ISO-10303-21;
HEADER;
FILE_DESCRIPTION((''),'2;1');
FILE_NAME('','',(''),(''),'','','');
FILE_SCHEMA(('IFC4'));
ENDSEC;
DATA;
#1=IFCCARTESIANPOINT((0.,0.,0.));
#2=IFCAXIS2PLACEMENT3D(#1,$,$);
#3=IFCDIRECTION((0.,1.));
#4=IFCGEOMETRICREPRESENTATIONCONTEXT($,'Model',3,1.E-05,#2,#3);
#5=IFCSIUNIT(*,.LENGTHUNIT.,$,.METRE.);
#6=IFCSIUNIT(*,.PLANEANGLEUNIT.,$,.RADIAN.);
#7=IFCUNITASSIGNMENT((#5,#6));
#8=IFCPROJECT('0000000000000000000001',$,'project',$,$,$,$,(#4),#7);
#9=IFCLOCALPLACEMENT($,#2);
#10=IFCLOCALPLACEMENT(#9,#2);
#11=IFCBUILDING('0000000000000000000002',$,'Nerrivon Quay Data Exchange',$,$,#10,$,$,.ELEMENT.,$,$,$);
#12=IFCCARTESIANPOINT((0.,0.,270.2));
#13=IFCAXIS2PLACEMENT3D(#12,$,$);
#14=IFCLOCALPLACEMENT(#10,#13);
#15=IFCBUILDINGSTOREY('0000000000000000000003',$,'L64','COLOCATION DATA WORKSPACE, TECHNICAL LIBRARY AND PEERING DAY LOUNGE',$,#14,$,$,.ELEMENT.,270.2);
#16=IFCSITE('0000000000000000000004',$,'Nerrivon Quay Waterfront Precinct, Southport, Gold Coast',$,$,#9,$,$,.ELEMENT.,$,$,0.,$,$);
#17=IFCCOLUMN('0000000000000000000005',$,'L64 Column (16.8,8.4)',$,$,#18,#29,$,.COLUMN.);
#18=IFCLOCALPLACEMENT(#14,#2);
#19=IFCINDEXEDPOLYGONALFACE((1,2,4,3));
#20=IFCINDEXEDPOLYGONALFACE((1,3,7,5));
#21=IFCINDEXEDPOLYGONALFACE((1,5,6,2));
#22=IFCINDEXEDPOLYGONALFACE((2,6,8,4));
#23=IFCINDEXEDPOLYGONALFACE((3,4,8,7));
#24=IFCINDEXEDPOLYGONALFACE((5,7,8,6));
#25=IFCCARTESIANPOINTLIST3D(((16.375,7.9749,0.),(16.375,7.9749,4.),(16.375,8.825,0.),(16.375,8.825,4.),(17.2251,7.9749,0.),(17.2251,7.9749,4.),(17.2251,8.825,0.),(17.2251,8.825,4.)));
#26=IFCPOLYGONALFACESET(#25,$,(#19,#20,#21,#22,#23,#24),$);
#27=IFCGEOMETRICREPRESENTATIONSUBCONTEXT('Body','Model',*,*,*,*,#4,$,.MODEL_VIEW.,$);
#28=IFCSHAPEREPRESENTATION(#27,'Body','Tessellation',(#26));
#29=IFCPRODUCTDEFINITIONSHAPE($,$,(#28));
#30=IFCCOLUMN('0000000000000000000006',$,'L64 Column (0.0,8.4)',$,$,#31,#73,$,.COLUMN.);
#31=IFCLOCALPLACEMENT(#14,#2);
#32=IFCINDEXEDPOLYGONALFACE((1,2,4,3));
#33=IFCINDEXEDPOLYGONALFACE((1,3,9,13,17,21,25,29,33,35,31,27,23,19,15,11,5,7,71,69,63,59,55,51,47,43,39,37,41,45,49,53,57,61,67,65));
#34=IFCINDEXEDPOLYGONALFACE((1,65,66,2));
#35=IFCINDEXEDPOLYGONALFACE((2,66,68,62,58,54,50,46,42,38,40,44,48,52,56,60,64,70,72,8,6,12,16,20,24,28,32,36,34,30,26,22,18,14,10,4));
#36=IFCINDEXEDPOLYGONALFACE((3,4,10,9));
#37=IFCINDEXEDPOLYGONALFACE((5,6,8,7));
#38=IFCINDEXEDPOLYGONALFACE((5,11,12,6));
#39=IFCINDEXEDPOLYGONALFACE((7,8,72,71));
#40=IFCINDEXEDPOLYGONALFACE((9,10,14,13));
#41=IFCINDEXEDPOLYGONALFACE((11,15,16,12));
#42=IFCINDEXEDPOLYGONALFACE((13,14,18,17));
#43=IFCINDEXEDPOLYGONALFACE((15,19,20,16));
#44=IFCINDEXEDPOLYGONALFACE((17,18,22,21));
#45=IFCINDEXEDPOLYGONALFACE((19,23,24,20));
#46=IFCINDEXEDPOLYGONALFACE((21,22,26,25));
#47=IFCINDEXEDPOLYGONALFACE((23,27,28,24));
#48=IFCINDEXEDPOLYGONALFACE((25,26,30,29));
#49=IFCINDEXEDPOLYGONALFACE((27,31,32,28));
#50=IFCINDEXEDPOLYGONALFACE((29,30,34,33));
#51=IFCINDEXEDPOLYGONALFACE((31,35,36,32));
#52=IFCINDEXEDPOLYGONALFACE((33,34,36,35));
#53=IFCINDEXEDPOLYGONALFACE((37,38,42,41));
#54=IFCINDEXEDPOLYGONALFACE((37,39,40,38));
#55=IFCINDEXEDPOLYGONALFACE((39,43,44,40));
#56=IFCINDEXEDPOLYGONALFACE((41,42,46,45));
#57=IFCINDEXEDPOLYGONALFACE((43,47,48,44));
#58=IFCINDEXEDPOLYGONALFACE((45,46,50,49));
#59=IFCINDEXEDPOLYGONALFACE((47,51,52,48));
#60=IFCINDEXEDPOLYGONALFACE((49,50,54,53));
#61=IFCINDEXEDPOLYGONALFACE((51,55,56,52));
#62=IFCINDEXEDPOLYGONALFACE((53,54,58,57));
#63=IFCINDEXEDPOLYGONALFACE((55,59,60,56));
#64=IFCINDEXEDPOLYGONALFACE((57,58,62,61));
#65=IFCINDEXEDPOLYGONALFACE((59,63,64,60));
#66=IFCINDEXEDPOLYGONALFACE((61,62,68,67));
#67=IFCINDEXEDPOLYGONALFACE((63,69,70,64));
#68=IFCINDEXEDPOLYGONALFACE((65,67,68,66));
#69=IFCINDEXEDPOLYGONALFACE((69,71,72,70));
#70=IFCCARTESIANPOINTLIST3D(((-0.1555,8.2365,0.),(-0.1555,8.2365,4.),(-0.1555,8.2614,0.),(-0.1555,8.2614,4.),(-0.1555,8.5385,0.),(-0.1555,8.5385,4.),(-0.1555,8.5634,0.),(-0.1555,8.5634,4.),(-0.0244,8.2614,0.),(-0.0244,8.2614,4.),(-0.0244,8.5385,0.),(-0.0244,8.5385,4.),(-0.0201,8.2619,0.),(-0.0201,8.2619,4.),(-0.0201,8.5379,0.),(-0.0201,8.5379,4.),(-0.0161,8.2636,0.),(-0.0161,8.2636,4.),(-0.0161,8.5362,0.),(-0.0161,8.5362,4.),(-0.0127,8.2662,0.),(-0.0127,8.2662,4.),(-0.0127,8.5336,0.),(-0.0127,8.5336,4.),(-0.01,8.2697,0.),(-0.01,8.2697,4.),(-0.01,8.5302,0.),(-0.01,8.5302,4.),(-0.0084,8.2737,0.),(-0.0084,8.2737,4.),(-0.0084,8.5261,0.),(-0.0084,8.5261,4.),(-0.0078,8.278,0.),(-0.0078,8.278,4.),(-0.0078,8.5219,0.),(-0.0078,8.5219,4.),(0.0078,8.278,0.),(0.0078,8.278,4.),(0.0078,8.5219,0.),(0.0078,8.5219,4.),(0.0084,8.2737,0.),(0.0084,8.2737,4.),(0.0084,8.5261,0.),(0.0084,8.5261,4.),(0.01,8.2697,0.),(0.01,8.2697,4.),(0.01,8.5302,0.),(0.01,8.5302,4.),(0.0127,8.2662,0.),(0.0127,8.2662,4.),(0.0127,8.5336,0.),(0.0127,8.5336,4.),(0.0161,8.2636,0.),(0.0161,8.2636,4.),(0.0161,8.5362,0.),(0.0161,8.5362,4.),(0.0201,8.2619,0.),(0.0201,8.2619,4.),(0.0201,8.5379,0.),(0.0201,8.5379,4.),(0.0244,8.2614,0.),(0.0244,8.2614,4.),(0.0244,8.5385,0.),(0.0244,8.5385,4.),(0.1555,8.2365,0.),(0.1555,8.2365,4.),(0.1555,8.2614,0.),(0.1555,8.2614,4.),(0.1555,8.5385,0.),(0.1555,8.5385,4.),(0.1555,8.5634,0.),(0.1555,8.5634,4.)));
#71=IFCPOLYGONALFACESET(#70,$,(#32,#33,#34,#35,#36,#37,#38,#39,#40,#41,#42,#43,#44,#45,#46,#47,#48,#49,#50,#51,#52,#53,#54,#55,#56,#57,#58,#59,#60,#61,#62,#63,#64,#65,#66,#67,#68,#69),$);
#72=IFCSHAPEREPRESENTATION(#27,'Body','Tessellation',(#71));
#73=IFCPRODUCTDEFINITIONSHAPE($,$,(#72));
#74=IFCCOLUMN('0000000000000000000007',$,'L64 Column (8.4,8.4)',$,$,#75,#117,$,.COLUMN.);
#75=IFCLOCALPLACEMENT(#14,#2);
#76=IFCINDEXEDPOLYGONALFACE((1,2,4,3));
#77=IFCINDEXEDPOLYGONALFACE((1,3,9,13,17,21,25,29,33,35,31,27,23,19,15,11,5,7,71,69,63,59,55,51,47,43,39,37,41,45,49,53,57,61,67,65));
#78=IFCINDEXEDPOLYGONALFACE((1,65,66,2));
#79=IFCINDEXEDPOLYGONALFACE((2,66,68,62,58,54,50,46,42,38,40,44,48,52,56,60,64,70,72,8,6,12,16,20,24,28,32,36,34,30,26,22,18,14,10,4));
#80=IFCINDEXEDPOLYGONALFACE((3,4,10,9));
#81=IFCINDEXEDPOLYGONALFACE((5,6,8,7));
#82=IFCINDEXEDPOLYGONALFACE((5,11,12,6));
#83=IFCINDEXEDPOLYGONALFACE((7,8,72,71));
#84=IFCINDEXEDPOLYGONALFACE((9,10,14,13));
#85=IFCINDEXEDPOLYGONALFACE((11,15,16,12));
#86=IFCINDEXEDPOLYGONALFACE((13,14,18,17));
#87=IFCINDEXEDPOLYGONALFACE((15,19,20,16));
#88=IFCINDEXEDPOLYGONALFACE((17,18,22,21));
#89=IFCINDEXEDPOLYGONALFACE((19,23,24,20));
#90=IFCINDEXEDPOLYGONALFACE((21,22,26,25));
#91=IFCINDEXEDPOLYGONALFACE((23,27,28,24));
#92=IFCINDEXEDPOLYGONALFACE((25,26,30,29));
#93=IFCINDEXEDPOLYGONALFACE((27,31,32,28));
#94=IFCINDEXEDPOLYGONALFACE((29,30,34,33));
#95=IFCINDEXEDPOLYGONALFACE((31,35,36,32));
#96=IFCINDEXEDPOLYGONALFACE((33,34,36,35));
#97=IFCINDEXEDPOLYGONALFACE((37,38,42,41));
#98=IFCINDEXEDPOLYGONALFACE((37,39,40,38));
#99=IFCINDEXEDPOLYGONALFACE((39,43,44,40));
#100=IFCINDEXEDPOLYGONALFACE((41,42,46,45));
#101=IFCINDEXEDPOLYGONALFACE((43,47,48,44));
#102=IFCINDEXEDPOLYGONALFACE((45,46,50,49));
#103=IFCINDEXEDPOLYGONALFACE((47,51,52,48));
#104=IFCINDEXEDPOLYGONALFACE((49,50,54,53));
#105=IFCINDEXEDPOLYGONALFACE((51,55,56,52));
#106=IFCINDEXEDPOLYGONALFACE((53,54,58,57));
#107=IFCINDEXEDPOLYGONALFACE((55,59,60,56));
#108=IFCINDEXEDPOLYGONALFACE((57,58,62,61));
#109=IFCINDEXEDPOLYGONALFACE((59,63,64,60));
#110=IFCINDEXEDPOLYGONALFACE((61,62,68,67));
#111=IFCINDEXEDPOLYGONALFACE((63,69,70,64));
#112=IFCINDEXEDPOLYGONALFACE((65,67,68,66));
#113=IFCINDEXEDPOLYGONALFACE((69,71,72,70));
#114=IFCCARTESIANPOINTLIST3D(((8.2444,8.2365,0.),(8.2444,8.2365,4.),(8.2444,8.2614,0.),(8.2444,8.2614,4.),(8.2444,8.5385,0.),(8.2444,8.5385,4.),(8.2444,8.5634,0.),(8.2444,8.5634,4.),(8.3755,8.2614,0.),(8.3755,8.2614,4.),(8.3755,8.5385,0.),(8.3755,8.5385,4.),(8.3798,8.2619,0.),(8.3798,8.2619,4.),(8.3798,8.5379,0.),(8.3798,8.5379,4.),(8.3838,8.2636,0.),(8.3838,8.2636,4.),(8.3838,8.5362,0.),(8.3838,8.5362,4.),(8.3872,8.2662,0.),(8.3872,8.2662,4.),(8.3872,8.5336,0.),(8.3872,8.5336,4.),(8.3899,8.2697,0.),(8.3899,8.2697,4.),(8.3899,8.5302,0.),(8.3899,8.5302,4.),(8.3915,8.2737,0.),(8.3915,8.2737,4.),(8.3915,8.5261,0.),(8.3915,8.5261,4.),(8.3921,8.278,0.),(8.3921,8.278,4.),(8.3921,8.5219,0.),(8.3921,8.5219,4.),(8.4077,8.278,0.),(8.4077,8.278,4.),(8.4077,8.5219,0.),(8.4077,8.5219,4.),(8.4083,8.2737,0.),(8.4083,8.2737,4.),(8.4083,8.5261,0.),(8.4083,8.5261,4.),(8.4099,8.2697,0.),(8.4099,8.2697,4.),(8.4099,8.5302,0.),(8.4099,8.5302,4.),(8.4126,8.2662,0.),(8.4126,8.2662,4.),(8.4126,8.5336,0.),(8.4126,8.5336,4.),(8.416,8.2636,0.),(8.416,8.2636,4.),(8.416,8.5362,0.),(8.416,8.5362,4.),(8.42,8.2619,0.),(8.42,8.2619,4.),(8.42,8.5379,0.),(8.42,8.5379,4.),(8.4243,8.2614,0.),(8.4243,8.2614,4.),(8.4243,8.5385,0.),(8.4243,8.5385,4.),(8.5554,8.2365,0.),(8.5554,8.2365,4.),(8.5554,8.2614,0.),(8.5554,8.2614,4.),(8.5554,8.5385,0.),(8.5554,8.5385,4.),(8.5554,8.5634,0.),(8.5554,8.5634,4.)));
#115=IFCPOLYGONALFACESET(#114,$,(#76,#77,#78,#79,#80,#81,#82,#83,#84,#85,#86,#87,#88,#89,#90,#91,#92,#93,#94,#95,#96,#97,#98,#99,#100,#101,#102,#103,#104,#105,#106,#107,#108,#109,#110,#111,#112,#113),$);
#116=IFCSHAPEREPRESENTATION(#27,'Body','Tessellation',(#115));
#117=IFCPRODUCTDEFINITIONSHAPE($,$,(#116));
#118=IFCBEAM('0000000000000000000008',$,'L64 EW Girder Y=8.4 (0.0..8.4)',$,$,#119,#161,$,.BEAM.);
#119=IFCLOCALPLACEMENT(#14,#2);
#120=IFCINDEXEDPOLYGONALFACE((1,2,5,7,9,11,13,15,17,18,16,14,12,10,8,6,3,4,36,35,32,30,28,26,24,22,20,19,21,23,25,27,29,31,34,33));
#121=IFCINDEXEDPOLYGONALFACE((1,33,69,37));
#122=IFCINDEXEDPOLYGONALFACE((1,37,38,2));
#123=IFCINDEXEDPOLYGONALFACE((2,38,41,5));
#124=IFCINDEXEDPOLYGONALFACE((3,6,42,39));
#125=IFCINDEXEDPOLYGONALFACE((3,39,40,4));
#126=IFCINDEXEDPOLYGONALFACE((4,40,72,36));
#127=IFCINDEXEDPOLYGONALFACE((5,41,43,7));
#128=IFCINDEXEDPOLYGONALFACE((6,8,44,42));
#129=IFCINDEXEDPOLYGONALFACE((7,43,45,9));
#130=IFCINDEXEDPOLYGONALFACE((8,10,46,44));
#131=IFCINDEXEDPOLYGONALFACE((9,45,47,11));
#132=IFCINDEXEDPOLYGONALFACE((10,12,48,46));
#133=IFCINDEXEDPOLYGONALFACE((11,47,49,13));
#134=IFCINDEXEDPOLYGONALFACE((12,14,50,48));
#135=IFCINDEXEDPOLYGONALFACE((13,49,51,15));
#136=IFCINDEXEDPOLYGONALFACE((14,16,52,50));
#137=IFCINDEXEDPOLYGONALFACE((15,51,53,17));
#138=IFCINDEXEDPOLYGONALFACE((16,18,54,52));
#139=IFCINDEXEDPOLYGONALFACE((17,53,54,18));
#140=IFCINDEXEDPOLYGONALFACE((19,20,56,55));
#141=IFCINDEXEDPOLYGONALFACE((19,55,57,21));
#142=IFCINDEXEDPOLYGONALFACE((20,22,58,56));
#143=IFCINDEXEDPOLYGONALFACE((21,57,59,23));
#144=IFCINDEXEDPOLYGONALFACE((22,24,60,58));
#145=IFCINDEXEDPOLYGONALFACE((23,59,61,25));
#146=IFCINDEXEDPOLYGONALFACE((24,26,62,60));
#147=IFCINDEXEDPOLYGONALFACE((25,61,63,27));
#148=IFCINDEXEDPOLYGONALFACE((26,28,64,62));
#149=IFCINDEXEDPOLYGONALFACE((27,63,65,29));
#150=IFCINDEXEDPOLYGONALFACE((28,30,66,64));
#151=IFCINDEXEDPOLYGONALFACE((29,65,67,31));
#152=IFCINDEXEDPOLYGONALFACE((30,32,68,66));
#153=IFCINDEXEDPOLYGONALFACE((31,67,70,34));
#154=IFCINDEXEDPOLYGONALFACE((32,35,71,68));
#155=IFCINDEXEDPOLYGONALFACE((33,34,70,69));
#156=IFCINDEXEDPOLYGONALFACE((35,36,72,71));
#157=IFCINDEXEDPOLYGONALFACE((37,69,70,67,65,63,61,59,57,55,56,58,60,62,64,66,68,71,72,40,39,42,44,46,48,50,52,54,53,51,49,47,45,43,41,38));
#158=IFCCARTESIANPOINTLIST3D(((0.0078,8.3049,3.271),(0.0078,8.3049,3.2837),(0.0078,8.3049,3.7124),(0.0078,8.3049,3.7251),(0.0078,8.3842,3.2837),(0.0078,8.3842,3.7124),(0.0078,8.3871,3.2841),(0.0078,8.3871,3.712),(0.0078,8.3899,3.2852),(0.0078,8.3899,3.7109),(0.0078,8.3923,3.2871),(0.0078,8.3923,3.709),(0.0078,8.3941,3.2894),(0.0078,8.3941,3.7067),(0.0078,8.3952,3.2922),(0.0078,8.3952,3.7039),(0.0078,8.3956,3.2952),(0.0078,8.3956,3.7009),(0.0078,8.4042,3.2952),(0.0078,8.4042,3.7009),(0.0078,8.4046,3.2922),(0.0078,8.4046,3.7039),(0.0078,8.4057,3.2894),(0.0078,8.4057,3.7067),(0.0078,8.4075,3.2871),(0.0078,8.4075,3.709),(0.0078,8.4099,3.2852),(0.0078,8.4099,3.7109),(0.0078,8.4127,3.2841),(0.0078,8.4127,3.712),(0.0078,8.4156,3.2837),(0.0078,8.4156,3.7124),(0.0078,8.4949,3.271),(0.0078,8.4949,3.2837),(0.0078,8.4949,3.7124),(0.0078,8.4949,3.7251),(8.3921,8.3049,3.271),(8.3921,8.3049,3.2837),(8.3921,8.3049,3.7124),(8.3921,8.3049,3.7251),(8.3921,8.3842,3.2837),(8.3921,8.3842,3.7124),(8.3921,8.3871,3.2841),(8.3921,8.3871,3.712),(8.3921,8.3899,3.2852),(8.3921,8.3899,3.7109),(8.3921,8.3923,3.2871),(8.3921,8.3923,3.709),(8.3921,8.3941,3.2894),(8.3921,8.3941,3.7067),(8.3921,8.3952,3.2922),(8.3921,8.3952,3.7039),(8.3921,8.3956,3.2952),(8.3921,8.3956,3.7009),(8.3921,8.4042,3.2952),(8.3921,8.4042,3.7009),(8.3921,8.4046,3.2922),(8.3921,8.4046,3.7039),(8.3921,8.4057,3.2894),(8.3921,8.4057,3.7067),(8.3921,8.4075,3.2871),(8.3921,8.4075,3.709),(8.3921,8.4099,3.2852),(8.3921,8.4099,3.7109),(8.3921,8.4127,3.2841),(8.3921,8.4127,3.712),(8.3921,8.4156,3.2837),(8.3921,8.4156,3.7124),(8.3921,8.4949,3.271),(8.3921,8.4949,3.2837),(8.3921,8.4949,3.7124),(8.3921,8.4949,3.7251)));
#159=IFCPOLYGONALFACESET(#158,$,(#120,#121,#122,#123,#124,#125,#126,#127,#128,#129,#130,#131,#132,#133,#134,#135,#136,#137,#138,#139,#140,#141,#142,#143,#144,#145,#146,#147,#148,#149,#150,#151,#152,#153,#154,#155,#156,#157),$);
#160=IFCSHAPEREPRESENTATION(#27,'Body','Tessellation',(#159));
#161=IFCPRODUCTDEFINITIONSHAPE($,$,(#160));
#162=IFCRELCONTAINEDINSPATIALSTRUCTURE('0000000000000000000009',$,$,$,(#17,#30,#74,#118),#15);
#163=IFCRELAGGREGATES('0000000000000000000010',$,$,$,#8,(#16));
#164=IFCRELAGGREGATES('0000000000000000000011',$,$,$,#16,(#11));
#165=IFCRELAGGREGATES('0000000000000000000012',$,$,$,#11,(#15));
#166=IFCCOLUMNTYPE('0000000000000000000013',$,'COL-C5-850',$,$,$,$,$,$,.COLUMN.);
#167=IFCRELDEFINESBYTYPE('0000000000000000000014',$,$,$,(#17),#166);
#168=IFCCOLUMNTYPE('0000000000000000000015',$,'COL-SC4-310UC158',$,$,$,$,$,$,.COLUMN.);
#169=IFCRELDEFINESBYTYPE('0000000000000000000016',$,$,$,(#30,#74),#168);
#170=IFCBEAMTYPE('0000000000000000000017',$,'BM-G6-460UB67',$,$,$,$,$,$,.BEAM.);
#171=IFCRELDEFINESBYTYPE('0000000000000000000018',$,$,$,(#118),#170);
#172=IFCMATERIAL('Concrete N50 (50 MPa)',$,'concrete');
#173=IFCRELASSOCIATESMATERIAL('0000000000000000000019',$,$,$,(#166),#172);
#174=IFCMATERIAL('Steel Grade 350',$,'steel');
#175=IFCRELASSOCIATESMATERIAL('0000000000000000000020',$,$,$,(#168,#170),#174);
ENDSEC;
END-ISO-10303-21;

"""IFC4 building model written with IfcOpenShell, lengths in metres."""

from ifc_helpers import new_model, si_unit, direction, frame, origin, origin_2d, place, context, subcontext, project, spatial, rectangle, i_section, extrude, material, material_profile, profile_set, type_object, element, save


model = new_model("IFC4")

# Units and contexts
model_context = context("Model", 3, precision=1e-05, world=origin(), true_north=direction((0.0, 1.0)))
body_context = subcontext(model_context, "Body", "Model", "MODEL_VIEW")
ifc_project = project(units=[si_unit("LENGTHUNIT", "METRE"), si_unit("PLANEANGLEUNIT", "RADIAN")], contexts=[model_context])

# Site, building, storey
site_placement = place(None, origin())
site = spatial("IfcSite", under=ifc_project, at=site_placement, Name="Nerrivon Quay Waterfront Precinct, Southport, Gold Coast", CompositionType="ELEMENT", RefElevation=0.0)
building_placement = place(site_placement, origin())
building = spatial("IfcBuilding", under=site, at=building_placement, Name="Nerrivon Quay Data Exchange", CompositionType="ELEMENT")
storey_placement = place(building_placement, frame((0.0, 0.0, 270.2)))
storey = spatial("IfcBuildingStorey", under=building, at=storey_placement, Name="L64", Description="COLOCATION DATA WORKSPACE, TECHNICAL LIBRARY AND PEERING DAY LOUNGE", CompositionType="ELEMENT", Elevation=270.2)

# Columns
ifc_material_1 = material(Name="Concrete N50 (50 MPa)", Category="concrete")
ifc_material_profile_1 = material_profile(ifc_material_1, rectangle(XDim=0.8501, YDim=0.8501, at=origin_2d()), Name="RC-COL-850x850")
ifc_profile_set_1 = profile_set([ifc_material_profile_1], Name="Concrete N50 (50 MPa)")
column_type_1 = type_object("IfcColumnType", Name="COL-C5-850", PredefinedType="COLUMN", material=ifc_profile_set_1)
column_placement = place(storey_placement, frame((16.8, 8.3999, 0.0), z_axis=(0.0, 0.0, 1.0), x_axis=(1.0, 0.0, 0.0)))
element("IfcColumn", 1, at=column_placement, inside=storey, type_object=column_type_1, Name="L64 Column (16.8,8.4)", PredefinedType="COLUMN", context=body_context, shape_type="SweptSolid", body=[
    extrude(rectangle(XDim=0.8501, YDim=0.8501, at=origin_2d()), origin(), (0.0, 0.0, 1.0), 4.0),
])
ifc_material_2 = material(Name="Steel Grade 350", Category="steel")
ifc_material_profile_2 = material_profile(ifc_material_2, i_section(OverallWidth=0.311, OverallDepth=0.3269, WebThickness=0.0156, FlangeThickness=0.0249, FilletRadius=0.0166, at=origin_2d()), Name="310UC158")
ifc_profile_set_2 = profile_set([ifc_material_profile_2], Name="Steel Grade 350")
column_type_2 = type_object("IfcColumnType", Name="COL-SC4-310UC158", PredefinedType="COLUMN", material=ifc_profile_set_2)
for number, where, z_axis, x_axis, name in (
    (2, (0.0, 8.3999, 0.0), (0.0, 0.0, 1.0), (1.0, 0.0, 0.0), "L64 Column (0.0,8.4)"),
    (3, (8.3999, 8.3999, 0.0), (0.0, 0.0, 1.0), (1.0, 0.0, 0.0), "L64 Column (8.4,8.4)"),
):
    element("IfcColumn", number, at=place(storey_placement, frame(where, z_axis=z_axis, x_axis=x_axis)), inside=storey, type_object=column_type_2, Name=name, PredefinedType="COLUMN", context=body_context, shape_type="SweptSolid", body=[
        extrude(i_section(OverallWidth=0.311, OverallDepth=0.3269, WebThickness=0.0156, FlangeThickness=0.0249, FilletRadius=0.0166, at=origin_2d()), origin(), (0.0, 0.0, 1.0), 4.0),
    ])

# Beam
ifc_material_profile_3 = material_profile(ifc_material_2, i_section(OverallWidth=0.1899, OverallDepth=0.4541, WebThickness=0.0085, FlangeThickness=0.0127, FilletRadius=0.0115, at=origin_2d()), Name="460UB67.1")
ifc_profile_set_3 = profile_set([ifc_material_profile_3], Name="Steel Grade 350")
beam_type_1 = type_object("IfcBeamType", Name="BM-G6-460UB67", PredefinedType="BEAM", material=ifc_profile_set_3)
beam_1_placement = place(storey_placement, frame((0.0078, 8.3999, 3.498), z_axis=(1.0, 0.0, 0.0), x_axis=(0.0, 1.0, 0.0)))
element("IfcBeam", 4, at=beam_1_placement, inside=storey, type_object=beam_type_1, Name="L64 EW Girder Y=8.4 (0.0..8.4)", PredefinedType="BEAM", context=body_context, shape_type="SweptSolid", body=[
    extrude(i_section(OverallWidth=0.1899, OverallDepth=0.4541, WebThickness=0.0085, FlangeThickness=0.0127, FilletRadius=0.0115, at=origin_2d()), origin(), (0.0, 0.0, 1.0), 8.3843),
])

save(model, "model.ifc")
